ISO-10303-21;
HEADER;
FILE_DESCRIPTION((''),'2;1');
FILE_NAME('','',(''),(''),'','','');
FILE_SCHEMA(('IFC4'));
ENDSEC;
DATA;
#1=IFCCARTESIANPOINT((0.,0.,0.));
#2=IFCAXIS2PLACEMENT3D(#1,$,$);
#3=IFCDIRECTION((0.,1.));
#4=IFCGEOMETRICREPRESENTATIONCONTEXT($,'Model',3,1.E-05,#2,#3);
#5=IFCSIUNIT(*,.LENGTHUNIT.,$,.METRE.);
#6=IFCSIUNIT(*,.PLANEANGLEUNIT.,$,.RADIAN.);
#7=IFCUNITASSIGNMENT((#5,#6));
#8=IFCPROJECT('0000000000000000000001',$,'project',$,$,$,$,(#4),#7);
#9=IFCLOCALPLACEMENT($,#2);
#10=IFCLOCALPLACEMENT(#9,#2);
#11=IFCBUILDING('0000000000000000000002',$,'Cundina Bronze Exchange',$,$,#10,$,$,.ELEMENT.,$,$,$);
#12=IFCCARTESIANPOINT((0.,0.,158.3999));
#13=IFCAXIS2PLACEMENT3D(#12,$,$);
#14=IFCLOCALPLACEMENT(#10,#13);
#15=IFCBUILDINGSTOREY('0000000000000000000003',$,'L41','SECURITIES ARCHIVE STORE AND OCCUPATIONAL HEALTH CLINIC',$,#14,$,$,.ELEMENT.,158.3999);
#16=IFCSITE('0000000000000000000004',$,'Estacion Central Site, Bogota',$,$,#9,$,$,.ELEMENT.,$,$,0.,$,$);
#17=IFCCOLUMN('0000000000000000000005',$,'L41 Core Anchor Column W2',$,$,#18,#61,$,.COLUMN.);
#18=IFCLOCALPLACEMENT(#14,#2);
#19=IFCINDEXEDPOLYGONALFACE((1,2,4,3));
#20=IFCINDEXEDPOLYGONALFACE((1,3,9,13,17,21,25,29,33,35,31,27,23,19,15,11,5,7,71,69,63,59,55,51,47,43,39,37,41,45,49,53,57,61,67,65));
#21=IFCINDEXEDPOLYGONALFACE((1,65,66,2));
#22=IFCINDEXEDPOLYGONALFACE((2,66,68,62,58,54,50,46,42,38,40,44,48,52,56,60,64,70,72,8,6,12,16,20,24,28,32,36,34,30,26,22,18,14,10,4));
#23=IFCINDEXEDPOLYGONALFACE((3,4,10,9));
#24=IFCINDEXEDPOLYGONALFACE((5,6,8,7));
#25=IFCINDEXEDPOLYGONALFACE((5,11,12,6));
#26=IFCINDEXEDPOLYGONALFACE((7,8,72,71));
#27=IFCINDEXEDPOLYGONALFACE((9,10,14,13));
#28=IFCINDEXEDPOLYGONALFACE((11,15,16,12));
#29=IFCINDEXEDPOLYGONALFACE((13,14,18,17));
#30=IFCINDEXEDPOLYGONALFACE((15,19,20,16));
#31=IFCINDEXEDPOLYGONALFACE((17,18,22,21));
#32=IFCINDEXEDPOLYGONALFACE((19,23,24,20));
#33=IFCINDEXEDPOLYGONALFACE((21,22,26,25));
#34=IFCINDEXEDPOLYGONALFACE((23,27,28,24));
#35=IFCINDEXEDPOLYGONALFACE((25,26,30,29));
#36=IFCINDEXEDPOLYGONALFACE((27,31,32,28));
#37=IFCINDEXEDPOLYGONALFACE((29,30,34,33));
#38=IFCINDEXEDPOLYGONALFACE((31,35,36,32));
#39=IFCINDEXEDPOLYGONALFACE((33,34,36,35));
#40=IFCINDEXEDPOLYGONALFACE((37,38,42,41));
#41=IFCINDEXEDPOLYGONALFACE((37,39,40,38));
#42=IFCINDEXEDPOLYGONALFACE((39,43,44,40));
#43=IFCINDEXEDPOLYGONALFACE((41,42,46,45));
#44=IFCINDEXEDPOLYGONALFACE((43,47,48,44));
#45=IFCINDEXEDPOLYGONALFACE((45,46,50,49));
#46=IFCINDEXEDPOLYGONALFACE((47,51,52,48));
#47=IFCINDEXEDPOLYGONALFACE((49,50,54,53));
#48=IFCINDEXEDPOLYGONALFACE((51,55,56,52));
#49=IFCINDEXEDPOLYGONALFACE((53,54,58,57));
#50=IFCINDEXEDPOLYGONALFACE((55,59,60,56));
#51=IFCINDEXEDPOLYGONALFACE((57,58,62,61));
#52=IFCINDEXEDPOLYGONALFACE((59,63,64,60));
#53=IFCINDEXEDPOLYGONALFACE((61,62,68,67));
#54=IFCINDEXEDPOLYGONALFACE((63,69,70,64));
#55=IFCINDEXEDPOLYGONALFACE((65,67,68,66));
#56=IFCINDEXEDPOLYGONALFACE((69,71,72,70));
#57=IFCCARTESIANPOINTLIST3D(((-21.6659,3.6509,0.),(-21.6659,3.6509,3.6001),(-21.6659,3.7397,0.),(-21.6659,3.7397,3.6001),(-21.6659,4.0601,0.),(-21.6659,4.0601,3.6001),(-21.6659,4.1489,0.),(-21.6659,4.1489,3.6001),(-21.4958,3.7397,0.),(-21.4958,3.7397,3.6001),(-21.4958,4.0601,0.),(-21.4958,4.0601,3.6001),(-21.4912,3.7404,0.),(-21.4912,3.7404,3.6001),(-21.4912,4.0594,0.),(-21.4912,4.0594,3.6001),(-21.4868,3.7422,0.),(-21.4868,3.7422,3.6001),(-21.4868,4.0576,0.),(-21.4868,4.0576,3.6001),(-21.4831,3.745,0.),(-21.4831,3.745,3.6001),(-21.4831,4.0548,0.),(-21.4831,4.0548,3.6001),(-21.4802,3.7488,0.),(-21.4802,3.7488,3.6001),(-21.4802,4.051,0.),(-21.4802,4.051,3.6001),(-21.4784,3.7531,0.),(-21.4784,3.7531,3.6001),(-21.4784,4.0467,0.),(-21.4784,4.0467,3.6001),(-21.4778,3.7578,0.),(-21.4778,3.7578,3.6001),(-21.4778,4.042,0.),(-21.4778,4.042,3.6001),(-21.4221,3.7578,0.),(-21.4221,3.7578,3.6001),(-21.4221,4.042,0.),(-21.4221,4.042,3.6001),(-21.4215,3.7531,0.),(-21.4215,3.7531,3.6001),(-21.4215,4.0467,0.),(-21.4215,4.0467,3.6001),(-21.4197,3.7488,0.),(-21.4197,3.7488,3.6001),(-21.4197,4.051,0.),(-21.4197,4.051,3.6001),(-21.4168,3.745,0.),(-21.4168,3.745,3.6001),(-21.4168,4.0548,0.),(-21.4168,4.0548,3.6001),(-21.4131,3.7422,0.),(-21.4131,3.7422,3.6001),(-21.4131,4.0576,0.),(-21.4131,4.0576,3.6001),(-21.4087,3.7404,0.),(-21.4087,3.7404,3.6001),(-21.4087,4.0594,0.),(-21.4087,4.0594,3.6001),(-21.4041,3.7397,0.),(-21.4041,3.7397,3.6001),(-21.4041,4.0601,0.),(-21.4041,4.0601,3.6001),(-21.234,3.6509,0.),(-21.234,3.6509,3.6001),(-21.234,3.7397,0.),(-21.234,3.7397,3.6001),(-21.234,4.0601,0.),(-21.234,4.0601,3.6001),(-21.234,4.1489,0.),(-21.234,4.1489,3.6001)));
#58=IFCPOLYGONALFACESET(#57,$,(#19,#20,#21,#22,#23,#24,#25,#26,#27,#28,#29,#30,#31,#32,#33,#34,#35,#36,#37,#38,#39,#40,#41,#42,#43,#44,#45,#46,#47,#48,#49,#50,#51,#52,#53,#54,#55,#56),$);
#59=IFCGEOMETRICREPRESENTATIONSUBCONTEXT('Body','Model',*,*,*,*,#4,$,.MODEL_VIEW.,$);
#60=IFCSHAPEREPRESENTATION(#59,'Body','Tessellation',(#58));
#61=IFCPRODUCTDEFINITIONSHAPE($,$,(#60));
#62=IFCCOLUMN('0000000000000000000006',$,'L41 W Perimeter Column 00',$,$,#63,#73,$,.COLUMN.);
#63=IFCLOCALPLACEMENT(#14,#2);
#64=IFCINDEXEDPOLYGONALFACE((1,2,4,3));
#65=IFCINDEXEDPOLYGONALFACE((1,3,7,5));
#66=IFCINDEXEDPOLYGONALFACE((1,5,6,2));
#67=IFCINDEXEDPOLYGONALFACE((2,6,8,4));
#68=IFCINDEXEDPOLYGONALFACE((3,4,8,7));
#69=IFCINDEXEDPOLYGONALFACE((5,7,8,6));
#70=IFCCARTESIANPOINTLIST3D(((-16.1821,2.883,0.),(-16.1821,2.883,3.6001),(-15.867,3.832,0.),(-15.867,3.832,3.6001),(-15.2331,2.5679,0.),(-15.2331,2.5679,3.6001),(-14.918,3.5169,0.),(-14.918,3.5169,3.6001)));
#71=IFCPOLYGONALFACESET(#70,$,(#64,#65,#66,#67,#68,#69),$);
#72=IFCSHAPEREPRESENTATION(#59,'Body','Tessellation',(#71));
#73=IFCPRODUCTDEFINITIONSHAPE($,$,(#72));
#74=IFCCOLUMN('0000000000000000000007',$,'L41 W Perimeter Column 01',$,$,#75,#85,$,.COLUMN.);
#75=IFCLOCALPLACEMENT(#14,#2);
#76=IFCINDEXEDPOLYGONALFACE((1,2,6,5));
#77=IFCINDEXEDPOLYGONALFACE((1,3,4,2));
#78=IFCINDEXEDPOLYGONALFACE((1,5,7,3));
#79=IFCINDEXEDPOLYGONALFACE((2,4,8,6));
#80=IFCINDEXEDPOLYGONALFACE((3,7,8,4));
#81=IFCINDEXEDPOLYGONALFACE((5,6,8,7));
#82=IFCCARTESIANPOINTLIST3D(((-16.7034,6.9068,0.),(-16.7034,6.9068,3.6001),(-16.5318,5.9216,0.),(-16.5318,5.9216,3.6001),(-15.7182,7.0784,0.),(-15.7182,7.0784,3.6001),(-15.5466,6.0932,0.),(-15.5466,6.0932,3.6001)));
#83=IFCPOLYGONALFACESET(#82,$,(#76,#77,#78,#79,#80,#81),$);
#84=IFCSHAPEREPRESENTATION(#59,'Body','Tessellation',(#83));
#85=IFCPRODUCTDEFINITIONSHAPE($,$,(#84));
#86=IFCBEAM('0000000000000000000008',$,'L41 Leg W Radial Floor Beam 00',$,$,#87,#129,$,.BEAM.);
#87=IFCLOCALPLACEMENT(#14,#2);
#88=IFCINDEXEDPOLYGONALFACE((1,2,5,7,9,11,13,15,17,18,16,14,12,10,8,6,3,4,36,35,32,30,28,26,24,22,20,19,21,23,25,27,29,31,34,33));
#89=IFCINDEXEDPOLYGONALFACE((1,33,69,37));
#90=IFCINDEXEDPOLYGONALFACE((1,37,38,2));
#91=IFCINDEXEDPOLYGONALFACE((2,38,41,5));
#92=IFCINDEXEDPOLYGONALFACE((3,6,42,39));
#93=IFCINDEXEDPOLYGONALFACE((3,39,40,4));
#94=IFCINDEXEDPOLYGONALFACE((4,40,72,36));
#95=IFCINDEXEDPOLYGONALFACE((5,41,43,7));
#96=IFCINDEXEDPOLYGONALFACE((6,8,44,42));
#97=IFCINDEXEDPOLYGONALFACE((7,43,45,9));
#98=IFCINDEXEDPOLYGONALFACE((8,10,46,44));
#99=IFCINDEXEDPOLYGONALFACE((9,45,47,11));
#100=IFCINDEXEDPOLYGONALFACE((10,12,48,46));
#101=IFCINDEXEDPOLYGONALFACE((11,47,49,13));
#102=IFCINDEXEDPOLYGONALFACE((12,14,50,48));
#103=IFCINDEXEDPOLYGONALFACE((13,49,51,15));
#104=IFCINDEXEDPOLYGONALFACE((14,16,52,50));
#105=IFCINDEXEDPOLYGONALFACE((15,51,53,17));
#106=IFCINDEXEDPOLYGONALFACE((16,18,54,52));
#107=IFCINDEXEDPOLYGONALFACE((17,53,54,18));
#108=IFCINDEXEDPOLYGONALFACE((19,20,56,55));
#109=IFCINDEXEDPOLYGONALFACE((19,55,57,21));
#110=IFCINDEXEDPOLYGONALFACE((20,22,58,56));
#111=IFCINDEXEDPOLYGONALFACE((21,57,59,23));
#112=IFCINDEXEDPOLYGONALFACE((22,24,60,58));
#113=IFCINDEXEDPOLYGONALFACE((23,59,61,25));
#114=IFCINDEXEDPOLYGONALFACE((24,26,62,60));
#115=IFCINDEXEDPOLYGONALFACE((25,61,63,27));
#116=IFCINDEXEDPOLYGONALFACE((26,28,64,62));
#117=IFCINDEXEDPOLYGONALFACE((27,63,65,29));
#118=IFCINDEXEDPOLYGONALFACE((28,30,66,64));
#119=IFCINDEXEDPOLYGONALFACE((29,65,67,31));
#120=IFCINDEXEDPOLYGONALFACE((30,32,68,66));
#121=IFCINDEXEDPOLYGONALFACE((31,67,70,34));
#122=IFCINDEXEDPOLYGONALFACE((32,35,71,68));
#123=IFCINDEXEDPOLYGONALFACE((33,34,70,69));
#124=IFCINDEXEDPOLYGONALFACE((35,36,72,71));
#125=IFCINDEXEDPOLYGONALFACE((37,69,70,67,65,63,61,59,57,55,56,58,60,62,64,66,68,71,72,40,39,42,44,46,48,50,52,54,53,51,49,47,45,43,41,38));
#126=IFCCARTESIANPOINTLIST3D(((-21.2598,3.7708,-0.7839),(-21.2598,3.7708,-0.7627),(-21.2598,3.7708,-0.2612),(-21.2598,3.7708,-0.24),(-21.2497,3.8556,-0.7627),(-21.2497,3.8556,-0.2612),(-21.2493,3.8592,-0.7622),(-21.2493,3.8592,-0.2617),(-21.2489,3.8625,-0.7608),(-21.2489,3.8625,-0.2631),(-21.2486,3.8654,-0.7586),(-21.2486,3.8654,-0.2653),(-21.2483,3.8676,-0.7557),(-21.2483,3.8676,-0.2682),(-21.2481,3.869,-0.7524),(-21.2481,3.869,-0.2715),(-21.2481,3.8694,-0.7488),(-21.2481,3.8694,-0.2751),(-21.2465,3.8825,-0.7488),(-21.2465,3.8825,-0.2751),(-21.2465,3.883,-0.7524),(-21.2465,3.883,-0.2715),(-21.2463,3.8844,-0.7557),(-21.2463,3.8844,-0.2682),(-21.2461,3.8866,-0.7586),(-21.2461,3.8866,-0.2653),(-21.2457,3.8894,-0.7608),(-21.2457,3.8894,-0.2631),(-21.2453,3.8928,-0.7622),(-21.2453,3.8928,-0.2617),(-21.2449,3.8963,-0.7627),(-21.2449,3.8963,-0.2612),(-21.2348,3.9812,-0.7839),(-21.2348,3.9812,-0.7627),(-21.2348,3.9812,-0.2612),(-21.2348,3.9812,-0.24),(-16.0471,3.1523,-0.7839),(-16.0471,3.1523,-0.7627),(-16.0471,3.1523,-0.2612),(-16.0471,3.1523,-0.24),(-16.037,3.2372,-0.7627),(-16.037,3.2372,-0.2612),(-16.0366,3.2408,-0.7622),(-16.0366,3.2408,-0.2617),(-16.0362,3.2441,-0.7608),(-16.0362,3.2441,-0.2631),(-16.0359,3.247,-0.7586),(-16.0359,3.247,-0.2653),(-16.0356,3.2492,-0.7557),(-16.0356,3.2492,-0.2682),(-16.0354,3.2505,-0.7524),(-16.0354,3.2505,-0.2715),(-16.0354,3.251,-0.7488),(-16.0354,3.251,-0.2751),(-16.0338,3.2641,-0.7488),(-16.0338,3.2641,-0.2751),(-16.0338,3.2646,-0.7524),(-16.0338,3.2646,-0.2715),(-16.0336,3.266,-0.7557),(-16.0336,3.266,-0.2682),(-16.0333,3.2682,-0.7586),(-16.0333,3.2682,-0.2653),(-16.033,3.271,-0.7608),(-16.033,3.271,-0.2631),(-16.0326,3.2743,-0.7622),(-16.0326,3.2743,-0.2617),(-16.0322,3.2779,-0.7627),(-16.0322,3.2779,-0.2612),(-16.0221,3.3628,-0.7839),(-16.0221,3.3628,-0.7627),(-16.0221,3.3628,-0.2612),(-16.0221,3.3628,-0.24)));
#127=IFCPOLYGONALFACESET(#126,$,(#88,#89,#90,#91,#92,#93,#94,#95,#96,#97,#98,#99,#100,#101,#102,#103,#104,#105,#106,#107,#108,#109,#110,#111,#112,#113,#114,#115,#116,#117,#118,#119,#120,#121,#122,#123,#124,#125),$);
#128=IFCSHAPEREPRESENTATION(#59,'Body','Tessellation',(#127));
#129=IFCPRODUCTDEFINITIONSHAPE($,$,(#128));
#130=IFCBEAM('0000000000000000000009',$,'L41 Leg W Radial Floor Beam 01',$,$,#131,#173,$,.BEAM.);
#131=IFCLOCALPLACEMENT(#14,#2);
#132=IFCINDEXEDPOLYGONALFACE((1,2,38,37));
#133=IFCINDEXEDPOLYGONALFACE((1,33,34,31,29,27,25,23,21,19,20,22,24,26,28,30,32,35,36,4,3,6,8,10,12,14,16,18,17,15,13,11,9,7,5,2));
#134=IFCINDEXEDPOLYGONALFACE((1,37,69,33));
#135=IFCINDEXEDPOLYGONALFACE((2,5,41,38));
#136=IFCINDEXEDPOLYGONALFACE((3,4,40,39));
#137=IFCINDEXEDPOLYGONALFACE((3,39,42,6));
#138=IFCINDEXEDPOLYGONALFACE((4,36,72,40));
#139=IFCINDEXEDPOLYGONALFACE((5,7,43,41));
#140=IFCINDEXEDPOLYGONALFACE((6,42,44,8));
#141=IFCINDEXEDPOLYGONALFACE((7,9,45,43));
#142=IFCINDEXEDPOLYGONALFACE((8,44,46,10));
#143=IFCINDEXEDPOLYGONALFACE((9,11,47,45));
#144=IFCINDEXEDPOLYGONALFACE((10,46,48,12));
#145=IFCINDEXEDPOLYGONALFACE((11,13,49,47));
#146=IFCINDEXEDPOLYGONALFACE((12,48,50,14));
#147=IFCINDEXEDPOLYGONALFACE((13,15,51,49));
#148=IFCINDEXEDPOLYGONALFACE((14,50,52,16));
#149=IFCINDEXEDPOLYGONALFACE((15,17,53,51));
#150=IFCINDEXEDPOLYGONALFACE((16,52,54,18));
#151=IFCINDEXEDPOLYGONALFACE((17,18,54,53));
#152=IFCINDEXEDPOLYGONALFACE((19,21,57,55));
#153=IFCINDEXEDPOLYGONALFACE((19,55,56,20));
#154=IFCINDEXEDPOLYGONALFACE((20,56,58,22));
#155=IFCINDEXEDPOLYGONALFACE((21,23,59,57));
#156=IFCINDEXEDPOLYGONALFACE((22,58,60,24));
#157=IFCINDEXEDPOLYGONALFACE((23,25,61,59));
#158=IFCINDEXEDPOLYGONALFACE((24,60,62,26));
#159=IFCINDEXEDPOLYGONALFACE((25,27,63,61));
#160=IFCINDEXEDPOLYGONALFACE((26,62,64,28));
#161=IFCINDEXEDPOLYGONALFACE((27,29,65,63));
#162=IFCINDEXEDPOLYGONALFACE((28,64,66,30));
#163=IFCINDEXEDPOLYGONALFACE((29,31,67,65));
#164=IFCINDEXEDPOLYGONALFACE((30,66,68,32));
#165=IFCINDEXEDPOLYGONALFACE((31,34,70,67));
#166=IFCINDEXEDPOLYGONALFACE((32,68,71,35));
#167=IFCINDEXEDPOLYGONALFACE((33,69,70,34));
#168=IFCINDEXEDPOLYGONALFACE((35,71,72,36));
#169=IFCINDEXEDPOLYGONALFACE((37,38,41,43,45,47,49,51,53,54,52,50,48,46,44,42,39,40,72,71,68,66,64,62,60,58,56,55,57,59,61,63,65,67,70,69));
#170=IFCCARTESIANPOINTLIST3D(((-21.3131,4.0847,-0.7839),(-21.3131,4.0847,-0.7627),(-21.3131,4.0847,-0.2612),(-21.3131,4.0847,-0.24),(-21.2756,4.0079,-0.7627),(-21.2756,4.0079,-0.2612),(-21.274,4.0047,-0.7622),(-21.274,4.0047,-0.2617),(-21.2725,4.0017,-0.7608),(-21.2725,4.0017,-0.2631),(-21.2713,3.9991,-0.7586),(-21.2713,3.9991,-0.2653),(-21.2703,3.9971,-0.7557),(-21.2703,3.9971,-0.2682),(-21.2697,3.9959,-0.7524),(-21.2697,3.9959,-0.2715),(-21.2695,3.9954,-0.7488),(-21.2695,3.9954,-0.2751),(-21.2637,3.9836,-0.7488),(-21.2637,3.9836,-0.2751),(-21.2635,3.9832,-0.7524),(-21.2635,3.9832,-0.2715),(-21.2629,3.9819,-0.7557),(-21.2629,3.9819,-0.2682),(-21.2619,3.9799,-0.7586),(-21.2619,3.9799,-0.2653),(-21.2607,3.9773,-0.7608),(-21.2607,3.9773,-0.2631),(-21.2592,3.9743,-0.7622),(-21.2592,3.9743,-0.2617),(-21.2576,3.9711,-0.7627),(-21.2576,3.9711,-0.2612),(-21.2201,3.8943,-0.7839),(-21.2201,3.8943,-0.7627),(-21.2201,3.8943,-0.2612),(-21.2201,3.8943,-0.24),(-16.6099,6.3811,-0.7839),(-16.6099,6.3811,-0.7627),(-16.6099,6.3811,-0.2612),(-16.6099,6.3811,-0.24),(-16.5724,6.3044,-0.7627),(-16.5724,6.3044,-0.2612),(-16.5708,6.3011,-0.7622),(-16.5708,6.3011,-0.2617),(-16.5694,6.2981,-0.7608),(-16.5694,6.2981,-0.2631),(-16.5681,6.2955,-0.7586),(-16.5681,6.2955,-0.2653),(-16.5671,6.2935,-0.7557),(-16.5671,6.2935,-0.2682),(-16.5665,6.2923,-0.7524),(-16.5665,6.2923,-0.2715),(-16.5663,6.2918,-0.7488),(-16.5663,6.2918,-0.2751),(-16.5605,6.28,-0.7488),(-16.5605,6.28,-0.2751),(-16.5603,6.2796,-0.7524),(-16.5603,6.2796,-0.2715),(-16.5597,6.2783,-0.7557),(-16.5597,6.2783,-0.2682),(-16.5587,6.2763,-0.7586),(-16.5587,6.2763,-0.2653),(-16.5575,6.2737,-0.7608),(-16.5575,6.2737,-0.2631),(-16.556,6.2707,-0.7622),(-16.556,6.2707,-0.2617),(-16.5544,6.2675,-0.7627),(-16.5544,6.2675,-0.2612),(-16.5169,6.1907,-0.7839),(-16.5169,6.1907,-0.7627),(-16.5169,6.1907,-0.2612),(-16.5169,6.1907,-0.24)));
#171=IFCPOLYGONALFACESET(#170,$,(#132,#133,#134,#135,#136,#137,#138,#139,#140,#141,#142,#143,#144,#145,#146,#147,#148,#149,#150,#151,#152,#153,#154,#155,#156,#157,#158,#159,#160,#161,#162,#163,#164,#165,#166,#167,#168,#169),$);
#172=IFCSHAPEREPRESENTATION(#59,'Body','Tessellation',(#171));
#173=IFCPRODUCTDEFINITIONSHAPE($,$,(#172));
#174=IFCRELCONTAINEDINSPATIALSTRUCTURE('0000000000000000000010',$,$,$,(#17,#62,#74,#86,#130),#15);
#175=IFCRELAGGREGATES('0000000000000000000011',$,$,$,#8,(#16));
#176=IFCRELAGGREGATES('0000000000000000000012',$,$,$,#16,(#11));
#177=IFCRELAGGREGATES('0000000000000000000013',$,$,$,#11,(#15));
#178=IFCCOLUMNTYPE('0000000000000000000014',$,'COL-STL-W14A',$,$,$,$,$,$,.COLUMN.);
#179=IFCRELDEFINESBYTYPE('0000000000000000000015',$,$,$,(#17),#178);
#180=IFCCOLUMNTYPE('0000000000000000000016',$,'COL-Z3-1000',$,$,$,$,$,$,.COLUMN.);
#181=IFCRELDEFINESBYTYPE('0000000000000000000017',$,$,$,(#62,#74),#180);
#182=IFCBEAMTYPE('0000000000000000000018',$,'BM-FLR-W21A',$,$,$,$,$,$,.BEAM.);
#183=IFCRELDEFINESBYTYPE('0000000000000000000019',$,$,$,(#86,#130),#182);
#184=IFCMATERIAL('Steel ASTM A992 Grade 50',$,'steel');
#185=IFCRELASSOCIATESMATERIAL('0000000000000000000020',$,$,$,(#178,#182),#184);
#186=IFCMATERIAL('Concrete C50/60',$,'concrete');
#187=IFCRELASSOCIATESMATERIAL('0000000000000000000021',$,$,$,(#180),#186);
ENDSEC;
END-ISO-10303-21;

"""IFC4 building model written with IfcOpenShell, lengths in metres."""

from ifc_helpers import new_model, si_unit, direction, frame, origin, origin_2d, place, context, subcontext, project, spatial, rectangle, i_section, extrude, material, material_profile, profile_set, type_object, element, save


model = new_model("IFC4")

# Units and contexts
model_context = context("Model", 3, precision=1e-05, world=origin(), true_north=direction((0.0, 1.0)))
body_context = subcontext(model_context, "Body", "Model", "MODEL_VIEW")
ifc_project = project(units=[si_unit("LENGTHUNIT", "METRE"), si_unit("PLANEANGLEUNIT", "RADIAN")], contexts=[model_context])

# Site, building, storey
site_placement = place(None, origin())
site = spatial("IfcSite", under=ifc_project, at=site_placement, Name="Estacion Central Site, Bogota", CompositionType="ELEMENT", RefElevation=0.0)
building_placement = place(site_placement, origin())
building = spatial("IfcBuilding", under=site, at=building_placement, Name="Cundina Bronze Exchange", CompositionType="ELEMENT")
storey_placement = place(building_placement, frame((0.0, 0.0, 158.3999)))
storey = spatial("IfcBuildingStorey", under=building, at=storey_placement, Name="L41", Description="SECURITIES ARCHIVE STORE AND OCCUPATIONAL HEALTH CLINIC", CompositionType="ELEMENT", Elevation=158.3999)

# Columns
ifc_material_1 = material(Name="Steel ASTM A992 Grade 50", Category="steel")
ifc_material_profile_1 = material_profile(ifc_material_1, i_section(OverallWidth=0.4319, OverallDepth=0.498, WebThickness=0.0557, FlangeThickness=0.0889, FilletRadius=0.0181, at=origin_2d()), Name="W14X500", Category="steel")
ifc_profile_set_1 = profile_set([ifc_material_profile_1], Name="Steel ASTM A992 Grade 50")
column_type_1 = type_object("IfcColumnType", Name="COL-STL-W14A", PredefinedType="COLUMN", material=ifc_profile_set_1)
column_placement = place(storey_placement, frame((-21.45, 3.8999, 0.0), z_axis=(0.0, 0.0, 1.0), x_axis=(1.0, 0.0, 0.0)))
element("IfcColumn", 1, at=column_placement, inside=storey, type_object=column_type_1, Name="L41 Core Anchor Column W2", PredefinedType="COLUMN", context=body_context, shape_type="SweptSolid", body=[
    extrude(i_section(OverallWidth=0.4319, OverallDepth=0.498, WebThickness=0.0557, FlangeThickness=0.0889, FilletRadius=0.0181, at=origin_2d()), origin(), (0.0, 0.0, 1.0), 3.6001),
])
ifc_material_2 = material(Name="Concrete C50/60", Category="concrete")
ifc_material_profile_2 = material_profile(ifc_material_2, rectangle(XDim=1.0, YDim=1.0, at=origin_2d()), Name="RC1000X1000", Category="concrete")
ifc_profile_set_2 = profile_set([ifc_material_profile_2], Name="Concrete C50/60")
column_type_2 = type_object("IfcColumnType", Name="COL-Z3-1000", PredefinedType="COLUMN", material=ifc_profile_set_2)
for number, where, z_axis, x_axis, name in (
    (2, (-15.55, 3.2, 0.0), (0.0, 0.0, 1.0), (0.315152, 0.949041, 0.0), "L41 W Perimeter Column 00"),
    (3, (-16.125, 6.5, 0.0), (0.0, 0.0, 1.0), (-0.171585, 0.985169, 0.0), "L41 W Perimeter Column 01"),
):
    element("IfcColumn", number, at=place(storey_placement, frame(where, z_axis=z_axis, x_axis=x_axis)), inside=storey, type_object=column_type_2, Name=name, PredefinedType="COLUMN", context=body_context, shape_type="SweptSolid", body=[
        extrude(rectangle(XDim=1.0, YDim=1.0, at=origin_2d()), origin(), (0.0, 0.0, 1.0), 3.6001),
    ])

# Beams
ifc_material_profile_3 = material_profile(ifc_material_1, i_section(OverallWidth=0.2119, OverallDepth=0.5439, WebThickness=0.0132, FlangeThickness=0.0212, FilletRadius=0.0139, at=origin_2d()), Name="W21X83", Category="steel")
ifc_profile_set_3 = profile_set([ifc_material_profile_3], Name="Steel ASTM A992 Grade 50")
beam_type_1 = type_object("IfcBeamType", Name="BM-FLR-W21A", PredefinedType="BEAM", material=ifc_profile_set_3)
beam_1_placement = place(storey_placement, frame((-21.2473, 3.876, -0.512), z_axis=(0.993036, -0.11781, 0.0), x_axis=(0.11781, 0.993036, 0.0)))
element("IfcBeam", 4, at=beam_1_placement, inside=storey, type_object=beam_type_1, Name="L41 Leg W Radial Floor Beam 00", PredefinedType="BEAM", context=body_context, shape_type="SweptSolid", body=[
    extrude(i_section(OverallWidth=0.2119, OverallDepth=0.5439, WebThickness=0.0132, FlangeThickness=0.0212, FilletRadius=0.0139, at=origin_2d()), origin(), (0.0, 0.0, 1.0), 5.2493),
])
beam_2_placement = place(storey_placement, frame((-21.2666, 3.9895, -0.512), z_axis=(0.898604, 0.43876, 0.0), x_axis=(-0.43876, 0.898604, 0.0)))
element("IfcBeam", 5, at=beam_2_placement, inside=storey, type_object=beam_type_1, Name="L41 Leg W Radial Floor Beam 01", PredefinedType="BEAM", context=body_context, shape_type="SweptSolid", body=[
    extrude(i_section(OverallWidth=0.2119, OverallDepth=0.5439, WebThickness=0.0132, FlangeThickness=0.0212, FilletRadius=0.0139, at=origin_2d()), origin(), (0.0, 0.0, 1.0), 5.2339),
])

save(model, "model.ifc")
